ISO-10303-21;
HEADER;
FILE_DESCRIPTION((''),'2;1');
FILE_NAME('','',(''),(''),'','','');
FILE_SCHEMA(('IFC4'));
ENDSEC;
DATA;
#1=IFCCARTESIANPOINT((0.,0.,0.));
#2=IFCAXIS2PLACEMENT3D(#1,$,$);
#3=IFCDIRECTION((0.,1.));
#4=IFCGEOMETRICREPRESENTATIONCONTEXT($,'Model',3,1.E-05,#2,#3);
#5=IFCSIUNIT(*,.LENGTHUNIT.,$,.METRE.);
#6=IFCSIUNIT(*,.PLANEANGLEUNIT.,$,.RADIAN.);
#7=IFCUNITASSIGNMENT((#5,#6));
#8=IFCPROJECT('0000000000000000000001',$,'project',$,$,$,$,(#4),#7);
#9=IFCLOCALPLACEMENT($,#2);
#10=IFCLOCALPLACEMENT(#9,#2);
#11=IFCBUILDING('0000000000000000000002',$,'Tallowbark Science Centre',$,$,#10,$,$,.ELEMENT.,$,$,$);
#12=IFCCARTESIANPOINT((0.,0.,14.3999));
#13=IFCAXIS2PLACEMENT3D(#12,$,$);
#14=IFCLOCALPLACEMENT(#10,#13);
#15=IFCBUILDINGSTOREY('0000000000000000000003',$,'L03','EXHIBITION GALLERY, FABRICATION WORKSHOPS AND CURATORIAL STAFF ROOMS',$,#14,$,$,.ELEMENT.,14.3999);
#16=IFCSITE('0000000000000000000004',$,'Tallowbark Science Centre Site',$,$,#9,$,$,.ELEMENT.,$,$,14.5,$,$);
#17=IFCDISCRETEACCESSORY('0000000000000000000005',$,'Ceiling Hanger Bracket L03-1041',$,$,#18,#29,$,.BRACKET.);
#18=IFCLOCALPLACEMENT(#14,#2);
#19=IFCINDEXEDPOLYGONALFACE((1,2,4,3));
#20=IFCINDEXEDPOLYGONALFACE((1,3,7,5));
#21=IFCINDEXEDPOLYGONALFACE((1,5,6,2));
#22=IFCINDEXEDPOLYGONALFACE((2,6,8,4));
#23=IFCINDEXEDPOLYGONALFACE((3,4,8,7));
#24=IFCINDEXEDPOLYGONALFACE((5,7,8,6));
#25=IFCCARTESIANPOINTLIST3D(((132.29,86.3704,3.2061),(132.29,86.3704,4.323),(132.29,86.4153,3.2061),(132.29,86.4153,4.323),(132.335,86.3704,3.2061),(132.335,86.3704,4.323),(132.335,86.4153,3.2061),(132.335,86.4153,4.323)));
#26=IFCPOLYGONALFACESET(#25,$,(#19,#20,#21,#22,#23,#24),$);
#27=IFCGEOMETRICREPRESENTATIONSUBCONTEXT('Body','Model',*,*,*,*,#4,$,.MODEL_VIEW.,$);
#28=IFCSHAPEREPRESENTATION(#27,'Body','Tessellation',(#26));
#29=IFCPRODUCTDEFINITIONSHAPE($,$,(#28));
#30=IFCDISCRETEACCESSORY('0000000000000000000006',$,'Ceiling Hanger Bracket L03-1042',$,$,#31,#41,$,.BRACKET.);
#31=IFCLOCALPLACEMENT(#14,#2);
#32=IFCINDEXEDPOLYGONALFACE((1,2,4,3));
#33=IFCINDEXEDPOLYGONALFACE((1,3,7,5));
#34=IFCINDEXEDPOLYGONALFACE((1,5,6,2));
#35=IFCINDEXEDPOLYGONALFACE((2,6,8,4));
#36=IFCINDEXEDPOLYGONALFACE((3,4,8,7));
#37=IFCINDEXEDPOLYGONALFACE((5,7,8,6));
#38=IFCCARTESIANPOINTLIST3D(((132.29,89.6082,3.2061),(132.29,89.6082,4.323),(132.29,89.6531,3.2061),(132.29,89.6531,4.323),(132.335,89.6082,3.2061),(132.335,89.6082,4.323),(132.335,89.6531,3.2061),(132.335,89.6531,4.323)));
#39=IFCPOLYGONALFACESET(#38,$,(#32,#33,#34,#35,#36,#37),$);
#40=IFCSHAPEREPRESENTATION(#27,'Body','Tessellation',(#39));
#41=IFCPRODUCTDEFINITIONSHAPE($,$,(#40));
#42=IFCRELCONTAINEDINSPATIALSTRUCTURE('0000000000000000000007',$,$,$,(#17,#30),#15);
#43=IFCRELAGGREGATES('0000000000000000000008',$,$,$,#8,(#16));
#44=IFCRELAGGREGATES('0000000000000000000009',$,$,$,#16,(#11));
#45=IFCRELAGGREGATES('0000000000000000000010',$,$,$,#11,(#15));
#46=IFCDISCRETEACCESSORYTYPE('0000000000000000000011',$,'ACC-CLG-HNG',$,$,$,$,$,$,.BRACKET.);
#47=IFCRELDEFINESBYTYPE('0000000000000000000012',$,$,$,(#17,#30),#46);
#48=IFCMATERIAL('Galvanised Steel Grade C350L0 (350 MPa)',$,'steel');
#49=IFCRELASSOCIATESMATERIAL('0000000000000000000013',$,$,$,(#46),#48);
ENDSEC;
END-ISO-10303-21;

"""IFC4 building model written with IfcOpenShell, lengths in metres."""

from ifc_helpers import new_model, si_unit, direction, frame, origin, origin_2d, place, context, subcontext, project, spatial, rectangle, extrude, material, type_object, element, save


model = new_model("IFC4")

# Units and contexts
model_context = context("Model", 3, precision=1e-05, world=origin(), true_north=direction((0.0, 1.0)))
body_context = subcontext(model_context, "Body", "Model", "MODEL_VIEW")
ifc_project = project(units=[si_unit("LENGTHUNIT", "METRE"), si_unit("PLANEANGLEUNIT", "RADIAN")], contexts=[model_context])

# Site, building, storey
site_placement = place(None, origin())
site = spatial("IfcSite", under=ifc_project, at=site_placement, Name="Tallowbark Science Centre Site", CompositionType="ELEMENT", RefElevation=14.5)
building_placement = place(site_placement, origin())
building = spatial("IfcBuilding", under=site, at=building_placement, Name="Tallowbark Science Centre", CompositionType="ELEMENT")
storey_placement = place(building_placement, frame((0.0, 0.0, 14.3999)))
storey = spatial("IfcBuildingStorey", under=building, at=storey_placement, Name="L03", Description="EXHIBITION GALLERY, FABRICATION WORKSHOPS AND CURATORIAL STAFF ROOMS", CompositionType="ELEMENT", Elevation=14.3999)

# Discrete accessories
ifc_material_1 = material(Name="Galvanised Steel Grade C350L0 (350 MPa)", Category="steel")
discrete_accessory_type = type_object("IfcDiscreteAccessoryType", Name="ACC-CLG-HNG", PredefinedType="BRACKET", material=ifc_material_1)
for number, where, z_axis, x_axis, name in (
    (1, (132.3125, 86.3928, 3.2061), (0.0, 0.0, 1.0), (1.0, 0.0, 0.0), "Ceiling Hanger Bracket L03-1041"),
    (2, (132.3125, 89.6306, 3.2061), (0.0, 0.0, 1.0), (1.0, 0.0, 0.0), "Ceiling Hanger Bracket L03-1042"),
):
    element("IfcDiscreteAccessory", number, at=place(storey_placement, frame(where, z_axis=z_axis, x_axis=x_axis)), inside=storey, type_object=discrete_accessory_type, Name=name, PredefinedType="BRACKET", context=body_context, shape_type="SweptSolid", body=[
        extrude(rectangle(XDim=0.0449, YDim=0.0449, at=origin_2d()), origin(), (0.0, 0.0, 1.0), 1.1169),
    ])

save(model, "model.ifc")
